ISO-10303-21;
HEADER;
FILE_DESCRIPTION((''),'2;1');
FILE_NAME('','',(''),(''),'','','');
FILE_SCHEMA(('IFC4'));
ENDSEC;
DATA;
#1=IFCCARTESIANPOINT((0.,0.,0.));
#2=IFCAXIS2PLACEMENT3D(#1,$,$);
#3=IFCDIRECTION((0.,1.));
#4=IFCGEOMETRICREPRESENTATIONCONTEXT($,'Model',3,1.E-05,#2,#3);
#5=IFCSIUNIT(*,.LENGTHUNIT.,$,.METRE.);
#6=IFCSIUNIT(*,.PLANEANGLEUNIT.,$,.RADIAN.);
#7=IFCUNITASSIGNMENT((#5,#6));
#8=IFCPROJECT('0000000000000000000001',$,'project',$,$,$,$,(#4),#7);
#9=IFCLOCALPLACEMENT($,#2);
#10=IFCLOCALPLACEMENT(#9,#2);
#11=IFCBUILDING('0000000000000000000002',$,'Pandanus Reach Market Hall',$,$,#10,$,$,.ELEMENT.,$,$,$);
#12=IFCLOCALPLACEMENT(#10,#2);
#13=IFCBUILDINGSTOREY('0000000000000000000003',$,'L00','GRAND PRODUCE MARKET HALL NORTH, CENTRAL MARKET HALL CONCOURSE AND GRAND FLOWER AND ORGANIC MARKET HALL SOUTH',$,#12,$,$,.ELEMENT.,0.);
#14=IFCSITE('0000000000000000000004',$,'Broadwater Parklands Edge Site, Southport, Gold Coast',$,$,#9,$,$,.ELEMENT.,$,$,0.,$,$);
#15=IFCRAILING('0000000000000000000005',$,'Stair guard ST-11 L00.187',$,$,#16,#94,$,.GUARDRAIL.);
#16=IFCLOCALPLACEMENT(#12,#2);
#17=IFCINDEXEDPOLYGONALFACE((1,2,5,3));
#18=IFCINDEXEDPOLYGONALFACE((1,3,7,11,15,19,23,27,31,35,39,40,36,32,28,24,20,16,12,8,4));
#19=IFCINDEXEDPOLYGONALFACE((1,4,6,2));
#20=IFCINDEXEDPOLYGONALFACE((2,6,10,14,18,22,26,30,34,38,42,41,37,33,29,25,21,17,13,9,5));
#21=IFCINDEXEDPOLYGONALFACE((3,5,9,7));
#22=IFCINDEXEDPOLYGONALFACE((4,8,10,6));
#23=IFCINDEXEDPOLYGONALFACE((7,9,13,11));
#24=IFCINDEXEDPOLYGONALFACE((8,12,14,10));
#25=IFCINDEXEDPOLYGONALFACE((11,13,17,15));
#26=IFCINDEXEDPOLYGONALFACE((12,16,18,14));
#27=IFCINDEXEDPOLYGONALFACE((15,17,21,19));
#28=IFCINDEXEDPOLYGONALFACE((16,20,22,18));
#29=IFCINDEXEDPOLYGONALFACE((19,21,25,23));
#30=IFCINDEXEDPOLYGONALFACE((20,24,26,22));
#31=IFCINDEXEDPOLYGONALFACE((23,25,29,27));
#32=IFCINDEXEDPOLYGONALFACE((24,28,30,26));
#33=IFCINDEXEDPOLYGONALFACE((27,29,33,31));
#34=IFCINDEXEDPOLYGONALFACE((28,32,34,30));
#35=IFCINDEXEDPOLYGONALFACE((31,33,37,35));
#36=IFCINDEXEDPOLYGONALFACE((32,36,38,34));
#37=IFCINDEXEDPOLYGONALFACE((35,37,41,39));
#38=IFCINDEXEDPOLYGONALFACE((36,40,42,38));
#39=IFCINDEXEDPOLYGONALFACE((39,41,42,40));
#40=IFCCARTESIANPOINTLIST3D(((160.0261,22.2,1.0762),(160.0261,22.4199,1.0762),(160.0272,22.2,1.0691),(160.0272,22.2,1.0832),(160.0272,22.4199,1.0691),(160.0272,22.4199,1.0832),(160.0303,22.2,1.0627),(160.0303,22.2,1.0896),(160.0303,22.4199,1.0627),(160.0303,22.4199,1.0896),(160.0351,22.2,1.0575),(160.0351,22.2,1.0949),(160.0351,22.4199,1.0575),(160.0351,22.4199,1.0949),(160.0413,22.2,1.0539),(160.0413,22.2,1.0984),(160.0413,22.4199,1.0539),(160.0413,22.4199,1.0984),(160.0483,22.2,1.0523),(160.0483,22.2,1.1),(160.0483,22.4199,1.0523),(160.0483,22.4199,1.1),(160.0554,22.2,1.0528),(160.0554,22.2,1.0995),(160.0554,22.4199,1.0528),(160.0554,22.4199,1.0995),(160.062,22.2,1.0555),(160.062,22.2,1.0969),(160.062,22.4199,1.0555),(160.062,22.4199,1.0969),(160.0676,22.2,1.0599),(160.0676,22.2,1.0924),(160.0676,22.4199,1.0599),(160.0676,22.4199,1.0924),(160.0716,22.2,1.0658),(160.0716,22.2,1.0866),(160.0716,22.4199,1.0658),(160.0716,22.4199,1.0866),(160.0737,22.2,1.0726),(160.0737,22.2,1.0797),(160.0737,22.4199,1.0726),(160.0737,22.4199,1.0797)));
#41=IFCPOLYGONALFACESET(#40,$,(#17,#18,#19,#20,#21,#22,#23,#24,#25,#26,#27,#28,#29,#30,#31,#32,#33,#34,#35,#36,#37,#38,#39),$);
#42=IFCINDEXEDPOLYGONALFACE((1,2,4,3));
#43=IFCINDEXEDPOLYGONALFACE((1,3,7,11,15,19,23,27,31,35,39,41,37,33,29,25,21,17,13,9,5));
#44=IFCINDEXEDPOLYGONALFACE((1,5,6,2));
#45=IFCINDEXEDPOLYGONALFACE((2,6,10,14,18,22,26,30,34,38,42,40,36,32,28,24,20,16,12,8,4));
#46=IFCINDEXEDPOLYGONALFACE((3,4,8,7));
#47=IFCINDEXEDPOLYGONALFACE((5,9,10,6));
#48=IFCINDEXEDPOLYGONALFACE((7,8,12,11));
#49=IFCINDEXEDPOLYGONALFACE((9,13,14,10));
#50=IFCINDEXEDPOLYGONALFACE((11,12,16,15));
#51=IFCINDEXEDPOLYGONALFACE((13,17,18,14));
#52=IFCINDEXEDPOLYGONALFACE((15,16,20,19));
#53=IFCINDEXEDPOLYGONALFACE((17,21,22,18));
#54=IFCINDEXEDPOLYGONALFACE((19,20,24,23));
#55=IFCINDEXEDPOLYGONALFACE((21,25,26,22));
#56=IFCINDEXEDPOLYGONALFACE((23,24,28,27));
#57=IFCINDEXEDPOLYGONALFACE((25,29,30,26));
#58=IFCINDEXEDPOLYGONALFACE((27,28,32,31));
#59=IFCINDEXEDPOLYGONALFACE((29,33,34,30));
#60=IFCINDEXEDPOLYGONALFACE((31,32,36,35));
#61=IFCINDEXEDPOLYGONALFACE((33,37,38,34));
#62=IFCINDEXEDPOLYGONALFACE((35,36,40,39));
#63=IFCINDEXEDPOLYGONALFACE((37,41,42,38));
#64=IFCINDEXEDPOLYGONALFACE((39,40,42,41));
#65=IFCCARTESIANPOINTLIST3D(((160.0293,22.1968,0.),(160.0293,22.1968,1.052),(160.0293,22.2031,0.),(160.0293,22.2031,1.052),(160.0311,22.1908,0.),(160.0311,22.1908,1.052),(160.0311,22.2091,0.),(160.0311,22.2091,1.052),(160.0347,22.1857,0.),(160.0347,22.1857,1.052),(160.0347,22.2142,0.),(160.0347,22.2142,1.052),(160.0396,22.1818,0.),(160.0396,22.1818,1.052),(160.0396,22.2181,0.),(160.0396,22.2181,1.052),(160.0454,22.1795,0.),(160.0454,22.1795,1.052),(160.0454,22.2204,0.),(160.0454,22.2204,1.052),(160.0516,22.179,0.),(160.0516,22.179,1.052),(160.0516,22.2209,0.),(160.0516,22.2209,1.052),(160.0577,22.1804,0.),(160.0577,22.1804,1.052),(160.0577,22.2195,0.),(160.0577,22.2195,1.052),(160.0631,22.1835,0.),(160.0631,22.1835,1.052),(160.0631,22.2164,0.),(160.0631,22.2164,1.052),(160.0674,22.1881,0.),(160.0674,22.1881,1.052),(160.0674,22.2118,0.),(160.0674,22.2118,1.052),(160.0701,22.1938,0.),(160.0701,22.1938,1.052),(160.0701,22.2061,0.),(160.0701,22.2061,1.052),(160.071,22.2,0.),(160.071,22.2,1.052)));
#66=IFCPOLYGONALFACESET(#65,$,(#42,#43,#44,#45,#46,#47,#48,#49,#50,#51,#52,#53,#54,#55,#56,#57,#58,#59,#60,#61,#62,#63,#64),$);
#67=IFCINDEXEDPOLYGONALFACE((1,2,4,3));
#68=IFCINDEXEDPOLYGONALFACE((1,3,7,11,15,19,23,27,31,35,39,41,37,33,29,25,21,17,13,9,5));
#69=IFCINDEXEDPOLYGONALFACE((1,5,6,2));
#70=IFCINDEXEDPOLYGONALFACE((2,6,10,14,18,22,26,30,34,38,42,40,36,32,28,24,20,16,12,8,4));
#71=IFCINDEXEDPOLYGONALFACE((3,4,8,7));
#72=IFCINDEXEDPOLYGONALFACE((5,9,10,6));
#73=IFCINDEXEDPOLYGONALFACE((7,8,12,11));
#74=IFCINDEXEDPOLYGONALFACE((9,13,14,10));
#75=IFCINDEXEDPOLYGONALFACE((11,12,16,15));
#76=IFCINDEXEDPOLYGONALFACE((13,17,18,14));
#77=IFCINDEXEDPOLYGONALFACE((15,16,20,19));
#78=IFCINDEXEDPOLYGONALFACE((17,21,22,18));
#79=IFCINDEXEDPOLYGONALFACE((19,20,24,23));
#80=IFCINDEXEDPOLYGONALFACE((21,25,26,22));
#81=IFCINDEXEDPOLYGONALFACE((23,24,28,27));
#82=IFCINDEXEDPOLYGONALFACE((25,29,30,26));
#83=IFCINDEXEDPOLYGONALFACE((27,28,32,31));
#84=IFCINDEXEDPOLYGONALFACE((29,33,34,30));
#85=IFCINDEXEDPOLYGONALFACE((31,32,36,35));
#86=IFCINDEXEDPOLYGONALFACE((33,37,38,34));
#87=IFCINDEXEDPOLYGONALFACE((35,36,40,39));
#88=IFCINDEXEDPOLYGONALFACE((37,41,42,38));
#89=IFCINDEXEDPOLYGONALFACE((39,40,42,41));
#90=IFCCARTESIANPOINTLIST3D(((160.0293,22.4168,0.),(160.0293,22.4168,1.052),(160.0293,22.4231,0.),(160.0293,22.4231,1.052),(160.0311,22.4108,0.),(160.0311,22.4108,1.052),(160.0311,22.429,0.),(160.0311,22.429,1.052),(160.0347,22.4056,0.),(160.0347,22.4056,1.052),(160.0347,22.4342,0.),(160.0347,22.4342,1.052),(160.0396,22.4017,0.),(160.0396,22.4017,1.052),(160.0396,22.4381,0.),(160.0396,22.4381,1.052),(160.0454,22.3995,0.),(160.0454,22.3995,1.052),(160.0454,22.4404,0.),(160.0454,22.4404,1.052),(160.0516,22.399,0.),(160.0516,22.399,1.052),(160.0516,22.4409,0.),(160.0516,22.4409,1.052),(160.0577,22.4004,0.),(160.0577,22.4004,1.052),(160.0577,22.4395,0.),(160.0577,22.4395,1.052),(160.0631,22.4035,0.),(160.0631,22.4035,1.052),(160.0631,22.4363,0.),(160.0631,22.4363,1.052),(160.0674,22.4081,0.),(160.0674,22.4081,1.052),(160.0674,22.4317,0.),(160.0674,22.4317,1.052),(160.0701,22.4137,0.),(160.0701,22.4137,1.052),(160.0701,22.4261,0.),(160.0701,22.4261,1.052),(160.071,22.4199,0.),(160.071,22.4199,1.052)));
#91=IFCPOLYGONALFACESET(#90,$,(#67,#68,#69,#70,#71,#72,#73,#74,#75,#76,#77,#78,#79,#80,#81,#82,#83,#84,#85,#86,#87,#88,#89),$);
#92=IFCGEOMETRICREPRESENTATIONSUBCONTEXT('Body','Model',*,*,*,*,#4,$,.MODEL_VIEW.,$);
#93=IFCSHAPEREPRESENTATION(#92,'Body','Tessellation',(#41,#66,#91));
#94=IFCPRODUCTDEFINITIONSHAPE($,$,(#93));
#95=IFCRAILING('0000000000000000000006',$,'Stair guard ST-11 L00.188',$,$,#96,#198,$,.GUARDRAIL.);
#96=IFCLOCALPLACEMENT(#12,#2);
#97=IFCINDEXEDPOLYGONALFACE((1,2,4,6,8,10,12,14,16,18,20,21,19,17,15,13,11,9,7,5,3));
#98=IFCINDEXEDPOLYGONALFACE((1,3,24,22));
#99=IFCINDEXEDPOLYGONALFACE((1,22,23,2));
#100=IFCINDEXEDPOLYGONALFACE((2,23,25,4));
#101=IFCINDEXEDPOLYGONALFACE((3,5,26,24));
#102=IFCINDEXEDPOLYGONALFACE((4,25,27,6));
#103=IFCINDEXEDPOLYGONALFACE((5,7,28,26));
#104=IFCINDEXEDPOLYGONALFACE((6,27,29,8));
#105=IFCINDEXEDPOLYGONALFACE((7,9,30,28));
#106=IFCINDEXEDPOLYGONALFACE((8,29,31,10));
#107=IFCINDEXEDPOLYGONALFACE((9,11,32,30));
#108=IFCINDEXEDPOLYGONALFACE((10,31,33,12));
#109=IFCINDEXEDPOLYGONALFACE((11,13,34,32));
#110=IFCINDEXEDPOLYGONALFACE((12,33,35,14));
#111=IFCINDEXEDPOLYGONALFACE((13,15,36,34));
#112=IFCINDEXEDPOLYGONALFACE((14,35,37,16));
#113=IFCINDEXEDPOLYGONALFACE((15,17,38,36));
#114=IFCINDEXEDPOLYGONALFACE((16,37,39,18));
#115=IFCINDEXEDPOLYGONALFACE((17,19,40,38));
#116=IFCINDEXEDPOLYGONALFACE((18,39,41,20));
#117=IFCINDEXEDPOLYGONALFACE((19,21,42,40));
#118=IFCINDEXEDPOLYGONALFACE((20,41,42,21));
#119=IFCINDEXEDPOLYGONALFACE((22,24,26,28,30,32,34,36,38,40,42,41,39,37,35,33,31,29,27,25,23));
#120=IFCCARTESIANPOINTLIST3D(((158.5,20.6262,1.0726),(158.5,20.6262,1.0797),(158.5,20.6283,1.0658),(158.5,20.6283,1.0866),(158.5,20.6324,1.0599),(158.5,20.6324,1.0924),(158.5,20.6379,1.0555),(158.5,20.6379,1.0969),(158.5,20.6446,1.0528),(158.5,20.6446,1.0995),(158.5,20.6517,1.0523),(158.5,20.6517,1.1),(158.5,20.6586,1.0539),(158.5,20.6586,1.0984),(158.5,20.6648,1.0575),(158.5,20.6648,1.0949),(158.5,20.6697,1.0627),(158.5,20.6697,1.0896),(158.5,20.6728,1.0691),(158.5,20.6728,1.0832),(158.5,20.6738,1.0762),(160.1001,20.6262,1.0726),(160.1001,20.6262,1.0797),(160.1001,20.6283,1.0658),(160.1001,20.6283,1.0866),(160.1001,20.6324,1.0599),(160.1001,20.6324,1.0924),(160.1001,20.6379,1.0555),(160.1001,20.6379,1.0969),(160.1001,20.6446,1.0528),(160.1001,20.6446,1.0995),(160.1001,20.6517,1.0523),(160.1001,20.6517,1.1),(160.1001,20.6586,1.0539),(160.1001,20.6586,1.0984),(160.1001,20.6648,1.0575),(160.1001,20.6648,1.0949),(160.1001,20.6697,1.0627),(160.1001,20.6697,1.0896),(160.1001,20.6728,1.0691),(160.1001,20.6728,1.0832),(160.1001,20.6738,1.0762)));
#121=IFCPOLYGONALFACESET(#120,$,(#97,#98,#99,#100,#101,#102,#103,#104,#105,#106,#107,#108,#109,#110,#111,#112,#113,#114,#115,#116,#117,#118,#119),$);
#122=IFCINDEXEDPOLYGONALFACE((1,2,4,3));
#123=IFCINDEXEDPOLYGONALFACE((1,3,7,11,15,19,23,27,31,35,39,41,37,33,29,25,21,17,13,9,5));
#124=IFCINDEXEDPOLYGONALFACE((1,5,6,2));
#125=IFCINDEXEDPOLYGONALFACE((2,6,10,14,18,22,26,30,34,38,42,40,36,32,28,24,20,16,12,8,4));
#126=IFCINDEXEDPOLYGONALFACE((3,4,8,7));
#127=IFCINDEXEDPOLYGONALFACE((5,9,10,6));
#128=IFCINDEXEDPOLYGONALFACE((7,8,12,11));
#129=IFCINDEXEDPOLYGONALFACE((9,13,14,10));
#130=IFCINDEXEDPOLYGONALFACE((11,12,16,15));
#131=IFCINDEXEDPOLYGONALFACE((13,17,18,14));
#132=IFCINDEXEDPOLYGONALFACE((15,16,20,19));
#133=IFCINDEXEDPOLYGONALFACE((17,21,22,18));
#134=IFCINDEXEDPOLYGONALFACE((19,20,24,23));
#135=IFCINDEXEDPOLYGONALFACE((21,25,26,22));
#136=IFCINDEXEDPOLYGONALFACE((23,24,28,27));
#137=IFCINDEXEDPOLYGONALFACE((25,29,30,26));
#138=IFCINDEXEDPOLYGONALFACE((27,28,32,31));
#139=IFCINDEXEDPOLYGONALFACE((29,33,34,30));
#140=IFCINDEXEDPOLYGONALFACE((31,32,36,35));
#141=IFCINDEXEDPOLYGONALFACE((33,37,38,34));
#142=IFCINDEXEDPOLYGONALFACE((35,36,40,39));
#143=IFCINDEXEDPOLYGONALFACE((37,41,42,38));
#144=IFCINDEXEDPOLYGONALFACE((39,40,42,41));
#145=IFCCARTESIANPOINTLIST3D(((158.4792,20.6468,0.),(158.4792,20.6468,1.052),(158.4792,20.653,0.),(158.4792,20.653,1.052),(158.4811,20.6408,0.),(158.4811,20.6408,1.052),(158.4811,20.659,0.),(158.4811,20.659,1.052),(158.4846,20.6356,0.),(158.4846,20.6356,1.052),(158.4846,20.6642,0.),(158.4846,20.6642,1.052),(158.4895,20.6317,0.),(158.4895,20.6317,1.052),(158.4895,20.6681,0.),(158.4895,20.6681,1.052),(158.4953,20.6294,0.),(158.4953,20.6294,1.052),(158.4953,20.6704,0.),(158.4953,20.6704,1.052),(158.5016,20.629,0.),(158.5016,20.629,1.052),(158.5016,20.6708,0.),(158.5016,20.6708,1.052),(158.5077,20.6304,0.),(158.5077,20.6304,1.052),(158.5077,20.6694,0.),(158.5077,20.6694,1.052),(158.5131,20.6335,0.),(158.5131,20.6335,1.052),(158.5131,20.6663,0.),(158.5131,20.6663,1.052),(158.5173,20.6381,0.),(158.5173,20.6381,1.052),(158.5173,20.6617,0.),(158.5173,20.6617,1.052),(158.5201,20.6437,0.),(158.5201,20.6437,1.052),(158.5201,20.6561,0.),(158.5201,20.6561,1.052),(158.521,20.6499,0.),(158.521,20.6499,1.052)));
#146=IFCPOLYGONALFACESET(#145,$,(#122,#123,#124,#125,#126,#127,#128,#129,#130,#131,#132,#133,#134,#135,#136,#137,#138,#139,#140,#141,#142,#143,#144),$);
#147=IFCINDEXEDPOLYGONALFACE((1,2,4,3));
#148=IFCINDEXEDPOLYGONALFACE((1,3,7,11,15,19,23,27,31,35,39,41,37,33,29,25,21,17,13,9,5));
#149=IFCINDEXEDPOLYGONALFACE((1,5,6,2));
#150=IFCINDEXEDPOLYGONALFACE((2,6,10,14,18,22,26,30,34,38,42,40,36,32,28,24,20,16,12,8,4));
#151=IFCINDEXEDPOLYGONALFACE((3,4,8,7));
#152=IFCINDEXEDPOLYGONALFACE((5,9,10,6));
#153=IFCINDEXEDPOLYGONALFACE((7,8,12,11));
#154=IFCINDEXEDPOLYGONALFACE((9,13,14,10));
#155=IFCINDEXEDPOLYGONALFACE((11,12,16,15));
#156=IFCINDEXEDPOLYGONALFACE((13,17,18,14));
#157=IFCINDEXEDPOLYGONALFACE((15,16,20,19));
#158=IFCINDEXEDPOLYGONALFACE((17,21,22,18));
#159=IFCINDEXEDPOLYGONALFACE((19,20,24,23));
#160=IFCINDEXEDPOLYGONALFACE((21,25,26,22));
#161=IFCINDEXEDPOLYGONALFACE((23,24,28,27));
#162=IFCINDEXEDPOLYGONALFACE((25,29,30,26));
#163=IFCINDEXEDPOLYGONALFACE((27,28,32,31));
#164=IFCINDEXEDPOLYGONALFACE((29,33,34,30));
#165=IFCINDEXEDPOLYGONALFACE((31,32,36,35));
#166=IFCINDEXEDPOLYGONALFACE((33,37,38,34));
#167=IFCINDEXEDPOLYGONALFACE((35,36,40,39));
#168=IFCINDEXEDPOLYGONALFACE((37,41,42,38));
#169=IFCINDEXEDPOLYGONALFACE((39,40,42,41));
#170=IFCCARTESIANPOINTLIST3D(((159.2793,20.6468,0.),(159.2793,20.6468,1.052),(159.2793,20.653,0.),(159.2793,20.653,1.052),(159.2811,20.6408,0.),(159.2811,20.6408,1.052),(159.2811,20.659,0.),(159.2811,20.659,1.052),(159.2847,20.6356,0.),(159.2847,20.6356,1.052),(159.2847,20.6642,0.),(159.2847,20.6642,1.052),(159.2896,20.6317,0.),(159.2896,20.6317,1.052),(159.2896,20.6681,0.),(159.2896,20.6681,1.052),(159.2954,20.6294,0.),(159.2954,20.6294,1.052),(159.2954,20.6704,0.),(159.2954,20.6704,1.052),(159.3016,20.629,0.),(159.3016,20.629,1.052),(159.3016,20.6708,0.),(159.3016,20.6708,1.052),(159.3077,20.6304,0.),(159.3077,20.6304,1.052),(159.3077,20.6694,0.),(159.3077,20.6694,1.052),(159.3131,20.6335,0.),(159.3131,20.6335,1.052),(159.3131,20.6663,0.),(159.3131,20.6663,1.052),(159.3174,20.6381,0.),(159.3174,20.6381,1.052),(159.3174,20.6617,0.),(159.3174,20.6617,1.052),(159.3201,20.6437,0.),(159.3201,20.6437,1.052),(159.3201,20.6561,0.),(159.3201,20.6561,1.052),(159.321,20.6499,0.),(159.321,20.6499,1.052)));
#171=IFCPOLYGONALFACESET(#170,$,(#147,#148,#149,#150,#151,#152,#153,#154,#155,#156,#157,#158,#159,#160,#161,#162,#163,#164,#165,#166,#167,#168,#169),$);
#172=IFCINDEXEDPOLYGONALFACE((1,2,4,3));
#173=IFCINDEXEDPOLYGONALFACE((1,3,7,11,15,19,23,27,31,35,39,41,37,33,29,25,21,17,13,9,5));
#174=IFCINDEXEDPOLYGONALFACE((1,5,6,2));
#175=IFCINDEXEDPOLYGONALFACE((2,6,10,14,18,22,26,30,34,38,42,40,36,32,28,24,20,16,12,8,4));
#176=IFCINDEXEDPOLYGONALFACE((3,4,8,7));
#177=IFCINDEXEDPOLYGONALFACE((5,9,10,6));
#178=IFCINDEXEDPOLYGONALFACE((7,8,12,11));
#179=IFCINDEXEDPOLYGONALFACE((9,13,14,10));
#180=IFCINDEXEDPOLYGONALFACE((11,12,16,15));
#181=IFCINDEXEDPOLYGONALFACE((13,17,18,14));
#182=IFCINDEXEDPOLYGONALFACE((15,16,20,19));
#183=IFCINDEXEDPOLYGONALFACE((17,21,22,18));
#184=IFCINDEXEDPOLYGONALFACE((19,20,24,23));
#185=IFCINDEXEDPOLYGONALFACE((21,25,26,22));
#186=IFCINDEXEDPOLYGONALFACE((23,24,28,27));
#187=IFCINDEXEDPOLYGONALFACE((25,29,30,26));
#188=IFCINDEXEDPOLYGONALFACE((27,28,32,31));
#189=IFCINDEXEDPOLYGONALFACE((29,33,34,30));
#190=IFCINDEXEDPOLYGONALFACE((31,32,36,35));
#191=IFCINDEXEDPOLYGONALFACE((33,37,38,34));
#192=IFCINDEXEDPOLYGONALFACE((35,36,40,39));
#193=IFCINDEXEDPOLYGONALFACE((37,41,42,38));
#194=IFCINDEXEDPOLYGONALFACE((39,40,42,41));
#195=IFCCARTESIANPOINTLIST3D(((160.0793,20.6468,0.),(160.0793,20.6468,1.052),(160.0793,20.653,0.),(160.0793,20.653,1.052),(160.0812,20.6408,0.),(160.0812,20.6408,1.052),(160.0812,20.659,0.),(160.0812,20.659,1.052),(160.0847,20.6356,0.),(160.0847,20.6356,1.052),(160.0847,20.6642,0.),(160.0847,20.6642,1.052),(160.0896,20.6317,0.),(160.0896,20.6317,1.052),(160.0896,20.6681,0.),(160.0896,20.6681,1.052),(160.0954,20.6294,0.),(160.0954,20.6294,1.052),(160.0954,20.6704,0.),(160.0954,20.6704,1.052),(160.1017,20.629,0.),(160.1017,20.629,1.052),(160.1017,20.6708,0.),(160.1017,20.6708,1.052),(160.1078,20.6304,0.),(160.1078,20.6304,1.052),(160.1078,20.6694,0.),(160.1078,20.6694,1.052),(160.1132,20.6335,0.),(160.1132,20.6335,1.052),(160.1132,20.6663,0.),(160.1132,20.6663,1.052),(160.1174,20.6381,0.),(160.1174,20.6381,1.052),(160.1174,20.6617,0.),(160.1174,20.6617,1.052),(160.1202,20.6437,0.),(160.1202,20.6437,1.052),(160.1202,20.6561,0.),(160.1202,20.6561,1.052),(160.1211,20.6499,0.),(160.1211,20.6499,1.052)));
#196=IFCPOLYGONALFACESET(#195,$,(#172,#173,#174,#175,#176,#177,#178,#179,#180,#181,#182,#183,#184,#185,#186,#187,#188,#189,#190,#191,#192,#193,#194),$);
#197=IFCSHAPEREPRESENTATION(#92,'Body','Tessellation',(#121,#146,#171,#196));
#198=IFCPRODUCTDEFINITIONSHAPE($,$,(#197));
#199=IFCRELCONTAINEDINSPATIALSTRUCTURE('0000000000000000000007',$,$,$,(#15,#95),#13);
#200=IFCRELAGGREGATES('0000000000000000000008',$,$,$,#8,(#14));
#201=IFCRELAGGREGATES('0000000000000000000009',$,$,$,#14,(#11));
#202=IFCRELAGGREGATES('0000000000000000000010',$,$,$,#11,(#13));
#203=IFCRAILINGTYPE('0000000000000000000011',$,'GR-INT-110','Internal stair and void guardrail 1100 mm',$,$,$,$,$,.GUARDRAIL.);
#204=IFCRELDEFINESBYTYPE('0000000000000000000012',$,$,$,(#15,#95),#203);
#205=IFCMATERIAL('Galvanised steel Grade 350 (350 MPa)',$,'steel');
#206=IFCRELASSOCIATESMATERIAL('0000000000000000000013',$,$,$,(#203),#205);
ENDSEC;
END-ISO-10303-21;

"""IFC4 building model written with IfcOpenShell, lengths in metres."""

from ifc_helpers import new_model, si_unit, direction, frame, origin, origin_2d, place, context, subcontext, project, spatial, circle, extrude, material, type_object, element, save


model = new_model("IFC4")

# Units and contexts
model_context = context("Model", 3, precision=1e-05, world=origin(), true_north=direction((0.0, 1.0)))
body_context = subcontext(model_context, "Body", "Model", "MODEL_VIEW")
ifc_project = project(units=[si_unit("LENGTHUNIT", "METRE"), si_unit("PLANEANGLEUNIT", "RADIAN")], contexts=[model_context])

# Site, building, storey
site_placement = place(None, origin())
site = spatial("IfcSite", under=ifc_project, at=site_placement, Name="Broadwater Parklands Edge Site, Southport, Gold Coast", CompositionType="ELEMENT", RefElevation=0.0)
building_placement = place(site_placement, origin())
building = spatial("IfcBuilding", under=site, at=building_placement, Name="Pandanus Reach Market Hall", CompositionType="ELEMENT")
storey_placement = place(building_placement, origin())
storey = spatial("IfcBuildingStorey", under=building, at=storey_placement, Name="L00", Description="GRAND PRODUCE MARKET HALL NORTH, CENTRAL MARKET HALL CONCOURSE AND GRAND FLOWER AND ORGANIC MARKET HALL SOUTH", CompositionType="ELEMENT", Elevation=0.0)

# Railings
ifc_material_1 = material(Name="Galvanised steel Grade 350 (350 MPa)", Category="steel")
railing_type_1 = type_object("IfcRailingType", Name="GR-INT-110", Description="Internal stair and void guardrail 1100 mm", PredefinedType="GUARDRAIL", material=ifc_material_1)
railing_1_placement = place(storey_placement, frame((160.05, 22.2, 0.0)))
element("IfcRailing", 1, at=railing_1_placement, inside=storey, type_object=railing_type_1, Name="Stair guard ST-11 L00.187", PredefinedType="GUARDRAIL", context=body_context, shape_type="SweptSolid", body=[
    extrude(circle(Radius=0.0239, at=origin_2d()), frame((0.0, 0.0, 1.0762), z_axis=(0.0, 1.0, 0.0), x_axis=(-1.0, 0.0, 0.0)), (0.0, 0.0, 1.0), 0.22),
    extrude(circle(Radius=0.021, at=origin_2d()), origin(), (0.0, 0.0, 1.0), 1.052),
    extrude(circle(Radius=0.021, at=origin_2d()), frame((0.0, 0.22, 0.0)), (0.0, 0.0, 1.0), 1.052),
])
for number, where, name in (
    (2, (158.5, 20.6499, 0.0), "Stair guard ST-11 L00.188"),
):
    element("IfcRailing", number, at=place(storey_placement, frame(where)), inside=storey, type_object=railing_type_1, Name=name, PredefinedType="GUARDRAIL", context=body_context, shape_type="SweptSolid", body=[
        extrude(circle(Radius=0.0239, at=origin_2d()), frame((0.0, 0.0, 1.0762), z_axis=(1.0, 0.0, 0.0), x_axis=(0.0, 1.0, 0.0)), (0.0, 0.0, 1.0), 1.6001),
        extrude(circle(Radius=0.021, at=origin_2d()), origin(), (0.0, 0.0, 1.0), 1.052),
        extrude(circle(Radius=0.021, at=origin_2d()), frame((0.8, 0.0, 0.0)), (0.0, 0.0, 1.0), 1.052),
        extrude(circle(Radius=0.021, at=origin_2d()), frame((1.6001, 0.0, 0.0)), (0.0, 0.0, 1.0), 1.052),
    ])

save(model, "model.ifc")
